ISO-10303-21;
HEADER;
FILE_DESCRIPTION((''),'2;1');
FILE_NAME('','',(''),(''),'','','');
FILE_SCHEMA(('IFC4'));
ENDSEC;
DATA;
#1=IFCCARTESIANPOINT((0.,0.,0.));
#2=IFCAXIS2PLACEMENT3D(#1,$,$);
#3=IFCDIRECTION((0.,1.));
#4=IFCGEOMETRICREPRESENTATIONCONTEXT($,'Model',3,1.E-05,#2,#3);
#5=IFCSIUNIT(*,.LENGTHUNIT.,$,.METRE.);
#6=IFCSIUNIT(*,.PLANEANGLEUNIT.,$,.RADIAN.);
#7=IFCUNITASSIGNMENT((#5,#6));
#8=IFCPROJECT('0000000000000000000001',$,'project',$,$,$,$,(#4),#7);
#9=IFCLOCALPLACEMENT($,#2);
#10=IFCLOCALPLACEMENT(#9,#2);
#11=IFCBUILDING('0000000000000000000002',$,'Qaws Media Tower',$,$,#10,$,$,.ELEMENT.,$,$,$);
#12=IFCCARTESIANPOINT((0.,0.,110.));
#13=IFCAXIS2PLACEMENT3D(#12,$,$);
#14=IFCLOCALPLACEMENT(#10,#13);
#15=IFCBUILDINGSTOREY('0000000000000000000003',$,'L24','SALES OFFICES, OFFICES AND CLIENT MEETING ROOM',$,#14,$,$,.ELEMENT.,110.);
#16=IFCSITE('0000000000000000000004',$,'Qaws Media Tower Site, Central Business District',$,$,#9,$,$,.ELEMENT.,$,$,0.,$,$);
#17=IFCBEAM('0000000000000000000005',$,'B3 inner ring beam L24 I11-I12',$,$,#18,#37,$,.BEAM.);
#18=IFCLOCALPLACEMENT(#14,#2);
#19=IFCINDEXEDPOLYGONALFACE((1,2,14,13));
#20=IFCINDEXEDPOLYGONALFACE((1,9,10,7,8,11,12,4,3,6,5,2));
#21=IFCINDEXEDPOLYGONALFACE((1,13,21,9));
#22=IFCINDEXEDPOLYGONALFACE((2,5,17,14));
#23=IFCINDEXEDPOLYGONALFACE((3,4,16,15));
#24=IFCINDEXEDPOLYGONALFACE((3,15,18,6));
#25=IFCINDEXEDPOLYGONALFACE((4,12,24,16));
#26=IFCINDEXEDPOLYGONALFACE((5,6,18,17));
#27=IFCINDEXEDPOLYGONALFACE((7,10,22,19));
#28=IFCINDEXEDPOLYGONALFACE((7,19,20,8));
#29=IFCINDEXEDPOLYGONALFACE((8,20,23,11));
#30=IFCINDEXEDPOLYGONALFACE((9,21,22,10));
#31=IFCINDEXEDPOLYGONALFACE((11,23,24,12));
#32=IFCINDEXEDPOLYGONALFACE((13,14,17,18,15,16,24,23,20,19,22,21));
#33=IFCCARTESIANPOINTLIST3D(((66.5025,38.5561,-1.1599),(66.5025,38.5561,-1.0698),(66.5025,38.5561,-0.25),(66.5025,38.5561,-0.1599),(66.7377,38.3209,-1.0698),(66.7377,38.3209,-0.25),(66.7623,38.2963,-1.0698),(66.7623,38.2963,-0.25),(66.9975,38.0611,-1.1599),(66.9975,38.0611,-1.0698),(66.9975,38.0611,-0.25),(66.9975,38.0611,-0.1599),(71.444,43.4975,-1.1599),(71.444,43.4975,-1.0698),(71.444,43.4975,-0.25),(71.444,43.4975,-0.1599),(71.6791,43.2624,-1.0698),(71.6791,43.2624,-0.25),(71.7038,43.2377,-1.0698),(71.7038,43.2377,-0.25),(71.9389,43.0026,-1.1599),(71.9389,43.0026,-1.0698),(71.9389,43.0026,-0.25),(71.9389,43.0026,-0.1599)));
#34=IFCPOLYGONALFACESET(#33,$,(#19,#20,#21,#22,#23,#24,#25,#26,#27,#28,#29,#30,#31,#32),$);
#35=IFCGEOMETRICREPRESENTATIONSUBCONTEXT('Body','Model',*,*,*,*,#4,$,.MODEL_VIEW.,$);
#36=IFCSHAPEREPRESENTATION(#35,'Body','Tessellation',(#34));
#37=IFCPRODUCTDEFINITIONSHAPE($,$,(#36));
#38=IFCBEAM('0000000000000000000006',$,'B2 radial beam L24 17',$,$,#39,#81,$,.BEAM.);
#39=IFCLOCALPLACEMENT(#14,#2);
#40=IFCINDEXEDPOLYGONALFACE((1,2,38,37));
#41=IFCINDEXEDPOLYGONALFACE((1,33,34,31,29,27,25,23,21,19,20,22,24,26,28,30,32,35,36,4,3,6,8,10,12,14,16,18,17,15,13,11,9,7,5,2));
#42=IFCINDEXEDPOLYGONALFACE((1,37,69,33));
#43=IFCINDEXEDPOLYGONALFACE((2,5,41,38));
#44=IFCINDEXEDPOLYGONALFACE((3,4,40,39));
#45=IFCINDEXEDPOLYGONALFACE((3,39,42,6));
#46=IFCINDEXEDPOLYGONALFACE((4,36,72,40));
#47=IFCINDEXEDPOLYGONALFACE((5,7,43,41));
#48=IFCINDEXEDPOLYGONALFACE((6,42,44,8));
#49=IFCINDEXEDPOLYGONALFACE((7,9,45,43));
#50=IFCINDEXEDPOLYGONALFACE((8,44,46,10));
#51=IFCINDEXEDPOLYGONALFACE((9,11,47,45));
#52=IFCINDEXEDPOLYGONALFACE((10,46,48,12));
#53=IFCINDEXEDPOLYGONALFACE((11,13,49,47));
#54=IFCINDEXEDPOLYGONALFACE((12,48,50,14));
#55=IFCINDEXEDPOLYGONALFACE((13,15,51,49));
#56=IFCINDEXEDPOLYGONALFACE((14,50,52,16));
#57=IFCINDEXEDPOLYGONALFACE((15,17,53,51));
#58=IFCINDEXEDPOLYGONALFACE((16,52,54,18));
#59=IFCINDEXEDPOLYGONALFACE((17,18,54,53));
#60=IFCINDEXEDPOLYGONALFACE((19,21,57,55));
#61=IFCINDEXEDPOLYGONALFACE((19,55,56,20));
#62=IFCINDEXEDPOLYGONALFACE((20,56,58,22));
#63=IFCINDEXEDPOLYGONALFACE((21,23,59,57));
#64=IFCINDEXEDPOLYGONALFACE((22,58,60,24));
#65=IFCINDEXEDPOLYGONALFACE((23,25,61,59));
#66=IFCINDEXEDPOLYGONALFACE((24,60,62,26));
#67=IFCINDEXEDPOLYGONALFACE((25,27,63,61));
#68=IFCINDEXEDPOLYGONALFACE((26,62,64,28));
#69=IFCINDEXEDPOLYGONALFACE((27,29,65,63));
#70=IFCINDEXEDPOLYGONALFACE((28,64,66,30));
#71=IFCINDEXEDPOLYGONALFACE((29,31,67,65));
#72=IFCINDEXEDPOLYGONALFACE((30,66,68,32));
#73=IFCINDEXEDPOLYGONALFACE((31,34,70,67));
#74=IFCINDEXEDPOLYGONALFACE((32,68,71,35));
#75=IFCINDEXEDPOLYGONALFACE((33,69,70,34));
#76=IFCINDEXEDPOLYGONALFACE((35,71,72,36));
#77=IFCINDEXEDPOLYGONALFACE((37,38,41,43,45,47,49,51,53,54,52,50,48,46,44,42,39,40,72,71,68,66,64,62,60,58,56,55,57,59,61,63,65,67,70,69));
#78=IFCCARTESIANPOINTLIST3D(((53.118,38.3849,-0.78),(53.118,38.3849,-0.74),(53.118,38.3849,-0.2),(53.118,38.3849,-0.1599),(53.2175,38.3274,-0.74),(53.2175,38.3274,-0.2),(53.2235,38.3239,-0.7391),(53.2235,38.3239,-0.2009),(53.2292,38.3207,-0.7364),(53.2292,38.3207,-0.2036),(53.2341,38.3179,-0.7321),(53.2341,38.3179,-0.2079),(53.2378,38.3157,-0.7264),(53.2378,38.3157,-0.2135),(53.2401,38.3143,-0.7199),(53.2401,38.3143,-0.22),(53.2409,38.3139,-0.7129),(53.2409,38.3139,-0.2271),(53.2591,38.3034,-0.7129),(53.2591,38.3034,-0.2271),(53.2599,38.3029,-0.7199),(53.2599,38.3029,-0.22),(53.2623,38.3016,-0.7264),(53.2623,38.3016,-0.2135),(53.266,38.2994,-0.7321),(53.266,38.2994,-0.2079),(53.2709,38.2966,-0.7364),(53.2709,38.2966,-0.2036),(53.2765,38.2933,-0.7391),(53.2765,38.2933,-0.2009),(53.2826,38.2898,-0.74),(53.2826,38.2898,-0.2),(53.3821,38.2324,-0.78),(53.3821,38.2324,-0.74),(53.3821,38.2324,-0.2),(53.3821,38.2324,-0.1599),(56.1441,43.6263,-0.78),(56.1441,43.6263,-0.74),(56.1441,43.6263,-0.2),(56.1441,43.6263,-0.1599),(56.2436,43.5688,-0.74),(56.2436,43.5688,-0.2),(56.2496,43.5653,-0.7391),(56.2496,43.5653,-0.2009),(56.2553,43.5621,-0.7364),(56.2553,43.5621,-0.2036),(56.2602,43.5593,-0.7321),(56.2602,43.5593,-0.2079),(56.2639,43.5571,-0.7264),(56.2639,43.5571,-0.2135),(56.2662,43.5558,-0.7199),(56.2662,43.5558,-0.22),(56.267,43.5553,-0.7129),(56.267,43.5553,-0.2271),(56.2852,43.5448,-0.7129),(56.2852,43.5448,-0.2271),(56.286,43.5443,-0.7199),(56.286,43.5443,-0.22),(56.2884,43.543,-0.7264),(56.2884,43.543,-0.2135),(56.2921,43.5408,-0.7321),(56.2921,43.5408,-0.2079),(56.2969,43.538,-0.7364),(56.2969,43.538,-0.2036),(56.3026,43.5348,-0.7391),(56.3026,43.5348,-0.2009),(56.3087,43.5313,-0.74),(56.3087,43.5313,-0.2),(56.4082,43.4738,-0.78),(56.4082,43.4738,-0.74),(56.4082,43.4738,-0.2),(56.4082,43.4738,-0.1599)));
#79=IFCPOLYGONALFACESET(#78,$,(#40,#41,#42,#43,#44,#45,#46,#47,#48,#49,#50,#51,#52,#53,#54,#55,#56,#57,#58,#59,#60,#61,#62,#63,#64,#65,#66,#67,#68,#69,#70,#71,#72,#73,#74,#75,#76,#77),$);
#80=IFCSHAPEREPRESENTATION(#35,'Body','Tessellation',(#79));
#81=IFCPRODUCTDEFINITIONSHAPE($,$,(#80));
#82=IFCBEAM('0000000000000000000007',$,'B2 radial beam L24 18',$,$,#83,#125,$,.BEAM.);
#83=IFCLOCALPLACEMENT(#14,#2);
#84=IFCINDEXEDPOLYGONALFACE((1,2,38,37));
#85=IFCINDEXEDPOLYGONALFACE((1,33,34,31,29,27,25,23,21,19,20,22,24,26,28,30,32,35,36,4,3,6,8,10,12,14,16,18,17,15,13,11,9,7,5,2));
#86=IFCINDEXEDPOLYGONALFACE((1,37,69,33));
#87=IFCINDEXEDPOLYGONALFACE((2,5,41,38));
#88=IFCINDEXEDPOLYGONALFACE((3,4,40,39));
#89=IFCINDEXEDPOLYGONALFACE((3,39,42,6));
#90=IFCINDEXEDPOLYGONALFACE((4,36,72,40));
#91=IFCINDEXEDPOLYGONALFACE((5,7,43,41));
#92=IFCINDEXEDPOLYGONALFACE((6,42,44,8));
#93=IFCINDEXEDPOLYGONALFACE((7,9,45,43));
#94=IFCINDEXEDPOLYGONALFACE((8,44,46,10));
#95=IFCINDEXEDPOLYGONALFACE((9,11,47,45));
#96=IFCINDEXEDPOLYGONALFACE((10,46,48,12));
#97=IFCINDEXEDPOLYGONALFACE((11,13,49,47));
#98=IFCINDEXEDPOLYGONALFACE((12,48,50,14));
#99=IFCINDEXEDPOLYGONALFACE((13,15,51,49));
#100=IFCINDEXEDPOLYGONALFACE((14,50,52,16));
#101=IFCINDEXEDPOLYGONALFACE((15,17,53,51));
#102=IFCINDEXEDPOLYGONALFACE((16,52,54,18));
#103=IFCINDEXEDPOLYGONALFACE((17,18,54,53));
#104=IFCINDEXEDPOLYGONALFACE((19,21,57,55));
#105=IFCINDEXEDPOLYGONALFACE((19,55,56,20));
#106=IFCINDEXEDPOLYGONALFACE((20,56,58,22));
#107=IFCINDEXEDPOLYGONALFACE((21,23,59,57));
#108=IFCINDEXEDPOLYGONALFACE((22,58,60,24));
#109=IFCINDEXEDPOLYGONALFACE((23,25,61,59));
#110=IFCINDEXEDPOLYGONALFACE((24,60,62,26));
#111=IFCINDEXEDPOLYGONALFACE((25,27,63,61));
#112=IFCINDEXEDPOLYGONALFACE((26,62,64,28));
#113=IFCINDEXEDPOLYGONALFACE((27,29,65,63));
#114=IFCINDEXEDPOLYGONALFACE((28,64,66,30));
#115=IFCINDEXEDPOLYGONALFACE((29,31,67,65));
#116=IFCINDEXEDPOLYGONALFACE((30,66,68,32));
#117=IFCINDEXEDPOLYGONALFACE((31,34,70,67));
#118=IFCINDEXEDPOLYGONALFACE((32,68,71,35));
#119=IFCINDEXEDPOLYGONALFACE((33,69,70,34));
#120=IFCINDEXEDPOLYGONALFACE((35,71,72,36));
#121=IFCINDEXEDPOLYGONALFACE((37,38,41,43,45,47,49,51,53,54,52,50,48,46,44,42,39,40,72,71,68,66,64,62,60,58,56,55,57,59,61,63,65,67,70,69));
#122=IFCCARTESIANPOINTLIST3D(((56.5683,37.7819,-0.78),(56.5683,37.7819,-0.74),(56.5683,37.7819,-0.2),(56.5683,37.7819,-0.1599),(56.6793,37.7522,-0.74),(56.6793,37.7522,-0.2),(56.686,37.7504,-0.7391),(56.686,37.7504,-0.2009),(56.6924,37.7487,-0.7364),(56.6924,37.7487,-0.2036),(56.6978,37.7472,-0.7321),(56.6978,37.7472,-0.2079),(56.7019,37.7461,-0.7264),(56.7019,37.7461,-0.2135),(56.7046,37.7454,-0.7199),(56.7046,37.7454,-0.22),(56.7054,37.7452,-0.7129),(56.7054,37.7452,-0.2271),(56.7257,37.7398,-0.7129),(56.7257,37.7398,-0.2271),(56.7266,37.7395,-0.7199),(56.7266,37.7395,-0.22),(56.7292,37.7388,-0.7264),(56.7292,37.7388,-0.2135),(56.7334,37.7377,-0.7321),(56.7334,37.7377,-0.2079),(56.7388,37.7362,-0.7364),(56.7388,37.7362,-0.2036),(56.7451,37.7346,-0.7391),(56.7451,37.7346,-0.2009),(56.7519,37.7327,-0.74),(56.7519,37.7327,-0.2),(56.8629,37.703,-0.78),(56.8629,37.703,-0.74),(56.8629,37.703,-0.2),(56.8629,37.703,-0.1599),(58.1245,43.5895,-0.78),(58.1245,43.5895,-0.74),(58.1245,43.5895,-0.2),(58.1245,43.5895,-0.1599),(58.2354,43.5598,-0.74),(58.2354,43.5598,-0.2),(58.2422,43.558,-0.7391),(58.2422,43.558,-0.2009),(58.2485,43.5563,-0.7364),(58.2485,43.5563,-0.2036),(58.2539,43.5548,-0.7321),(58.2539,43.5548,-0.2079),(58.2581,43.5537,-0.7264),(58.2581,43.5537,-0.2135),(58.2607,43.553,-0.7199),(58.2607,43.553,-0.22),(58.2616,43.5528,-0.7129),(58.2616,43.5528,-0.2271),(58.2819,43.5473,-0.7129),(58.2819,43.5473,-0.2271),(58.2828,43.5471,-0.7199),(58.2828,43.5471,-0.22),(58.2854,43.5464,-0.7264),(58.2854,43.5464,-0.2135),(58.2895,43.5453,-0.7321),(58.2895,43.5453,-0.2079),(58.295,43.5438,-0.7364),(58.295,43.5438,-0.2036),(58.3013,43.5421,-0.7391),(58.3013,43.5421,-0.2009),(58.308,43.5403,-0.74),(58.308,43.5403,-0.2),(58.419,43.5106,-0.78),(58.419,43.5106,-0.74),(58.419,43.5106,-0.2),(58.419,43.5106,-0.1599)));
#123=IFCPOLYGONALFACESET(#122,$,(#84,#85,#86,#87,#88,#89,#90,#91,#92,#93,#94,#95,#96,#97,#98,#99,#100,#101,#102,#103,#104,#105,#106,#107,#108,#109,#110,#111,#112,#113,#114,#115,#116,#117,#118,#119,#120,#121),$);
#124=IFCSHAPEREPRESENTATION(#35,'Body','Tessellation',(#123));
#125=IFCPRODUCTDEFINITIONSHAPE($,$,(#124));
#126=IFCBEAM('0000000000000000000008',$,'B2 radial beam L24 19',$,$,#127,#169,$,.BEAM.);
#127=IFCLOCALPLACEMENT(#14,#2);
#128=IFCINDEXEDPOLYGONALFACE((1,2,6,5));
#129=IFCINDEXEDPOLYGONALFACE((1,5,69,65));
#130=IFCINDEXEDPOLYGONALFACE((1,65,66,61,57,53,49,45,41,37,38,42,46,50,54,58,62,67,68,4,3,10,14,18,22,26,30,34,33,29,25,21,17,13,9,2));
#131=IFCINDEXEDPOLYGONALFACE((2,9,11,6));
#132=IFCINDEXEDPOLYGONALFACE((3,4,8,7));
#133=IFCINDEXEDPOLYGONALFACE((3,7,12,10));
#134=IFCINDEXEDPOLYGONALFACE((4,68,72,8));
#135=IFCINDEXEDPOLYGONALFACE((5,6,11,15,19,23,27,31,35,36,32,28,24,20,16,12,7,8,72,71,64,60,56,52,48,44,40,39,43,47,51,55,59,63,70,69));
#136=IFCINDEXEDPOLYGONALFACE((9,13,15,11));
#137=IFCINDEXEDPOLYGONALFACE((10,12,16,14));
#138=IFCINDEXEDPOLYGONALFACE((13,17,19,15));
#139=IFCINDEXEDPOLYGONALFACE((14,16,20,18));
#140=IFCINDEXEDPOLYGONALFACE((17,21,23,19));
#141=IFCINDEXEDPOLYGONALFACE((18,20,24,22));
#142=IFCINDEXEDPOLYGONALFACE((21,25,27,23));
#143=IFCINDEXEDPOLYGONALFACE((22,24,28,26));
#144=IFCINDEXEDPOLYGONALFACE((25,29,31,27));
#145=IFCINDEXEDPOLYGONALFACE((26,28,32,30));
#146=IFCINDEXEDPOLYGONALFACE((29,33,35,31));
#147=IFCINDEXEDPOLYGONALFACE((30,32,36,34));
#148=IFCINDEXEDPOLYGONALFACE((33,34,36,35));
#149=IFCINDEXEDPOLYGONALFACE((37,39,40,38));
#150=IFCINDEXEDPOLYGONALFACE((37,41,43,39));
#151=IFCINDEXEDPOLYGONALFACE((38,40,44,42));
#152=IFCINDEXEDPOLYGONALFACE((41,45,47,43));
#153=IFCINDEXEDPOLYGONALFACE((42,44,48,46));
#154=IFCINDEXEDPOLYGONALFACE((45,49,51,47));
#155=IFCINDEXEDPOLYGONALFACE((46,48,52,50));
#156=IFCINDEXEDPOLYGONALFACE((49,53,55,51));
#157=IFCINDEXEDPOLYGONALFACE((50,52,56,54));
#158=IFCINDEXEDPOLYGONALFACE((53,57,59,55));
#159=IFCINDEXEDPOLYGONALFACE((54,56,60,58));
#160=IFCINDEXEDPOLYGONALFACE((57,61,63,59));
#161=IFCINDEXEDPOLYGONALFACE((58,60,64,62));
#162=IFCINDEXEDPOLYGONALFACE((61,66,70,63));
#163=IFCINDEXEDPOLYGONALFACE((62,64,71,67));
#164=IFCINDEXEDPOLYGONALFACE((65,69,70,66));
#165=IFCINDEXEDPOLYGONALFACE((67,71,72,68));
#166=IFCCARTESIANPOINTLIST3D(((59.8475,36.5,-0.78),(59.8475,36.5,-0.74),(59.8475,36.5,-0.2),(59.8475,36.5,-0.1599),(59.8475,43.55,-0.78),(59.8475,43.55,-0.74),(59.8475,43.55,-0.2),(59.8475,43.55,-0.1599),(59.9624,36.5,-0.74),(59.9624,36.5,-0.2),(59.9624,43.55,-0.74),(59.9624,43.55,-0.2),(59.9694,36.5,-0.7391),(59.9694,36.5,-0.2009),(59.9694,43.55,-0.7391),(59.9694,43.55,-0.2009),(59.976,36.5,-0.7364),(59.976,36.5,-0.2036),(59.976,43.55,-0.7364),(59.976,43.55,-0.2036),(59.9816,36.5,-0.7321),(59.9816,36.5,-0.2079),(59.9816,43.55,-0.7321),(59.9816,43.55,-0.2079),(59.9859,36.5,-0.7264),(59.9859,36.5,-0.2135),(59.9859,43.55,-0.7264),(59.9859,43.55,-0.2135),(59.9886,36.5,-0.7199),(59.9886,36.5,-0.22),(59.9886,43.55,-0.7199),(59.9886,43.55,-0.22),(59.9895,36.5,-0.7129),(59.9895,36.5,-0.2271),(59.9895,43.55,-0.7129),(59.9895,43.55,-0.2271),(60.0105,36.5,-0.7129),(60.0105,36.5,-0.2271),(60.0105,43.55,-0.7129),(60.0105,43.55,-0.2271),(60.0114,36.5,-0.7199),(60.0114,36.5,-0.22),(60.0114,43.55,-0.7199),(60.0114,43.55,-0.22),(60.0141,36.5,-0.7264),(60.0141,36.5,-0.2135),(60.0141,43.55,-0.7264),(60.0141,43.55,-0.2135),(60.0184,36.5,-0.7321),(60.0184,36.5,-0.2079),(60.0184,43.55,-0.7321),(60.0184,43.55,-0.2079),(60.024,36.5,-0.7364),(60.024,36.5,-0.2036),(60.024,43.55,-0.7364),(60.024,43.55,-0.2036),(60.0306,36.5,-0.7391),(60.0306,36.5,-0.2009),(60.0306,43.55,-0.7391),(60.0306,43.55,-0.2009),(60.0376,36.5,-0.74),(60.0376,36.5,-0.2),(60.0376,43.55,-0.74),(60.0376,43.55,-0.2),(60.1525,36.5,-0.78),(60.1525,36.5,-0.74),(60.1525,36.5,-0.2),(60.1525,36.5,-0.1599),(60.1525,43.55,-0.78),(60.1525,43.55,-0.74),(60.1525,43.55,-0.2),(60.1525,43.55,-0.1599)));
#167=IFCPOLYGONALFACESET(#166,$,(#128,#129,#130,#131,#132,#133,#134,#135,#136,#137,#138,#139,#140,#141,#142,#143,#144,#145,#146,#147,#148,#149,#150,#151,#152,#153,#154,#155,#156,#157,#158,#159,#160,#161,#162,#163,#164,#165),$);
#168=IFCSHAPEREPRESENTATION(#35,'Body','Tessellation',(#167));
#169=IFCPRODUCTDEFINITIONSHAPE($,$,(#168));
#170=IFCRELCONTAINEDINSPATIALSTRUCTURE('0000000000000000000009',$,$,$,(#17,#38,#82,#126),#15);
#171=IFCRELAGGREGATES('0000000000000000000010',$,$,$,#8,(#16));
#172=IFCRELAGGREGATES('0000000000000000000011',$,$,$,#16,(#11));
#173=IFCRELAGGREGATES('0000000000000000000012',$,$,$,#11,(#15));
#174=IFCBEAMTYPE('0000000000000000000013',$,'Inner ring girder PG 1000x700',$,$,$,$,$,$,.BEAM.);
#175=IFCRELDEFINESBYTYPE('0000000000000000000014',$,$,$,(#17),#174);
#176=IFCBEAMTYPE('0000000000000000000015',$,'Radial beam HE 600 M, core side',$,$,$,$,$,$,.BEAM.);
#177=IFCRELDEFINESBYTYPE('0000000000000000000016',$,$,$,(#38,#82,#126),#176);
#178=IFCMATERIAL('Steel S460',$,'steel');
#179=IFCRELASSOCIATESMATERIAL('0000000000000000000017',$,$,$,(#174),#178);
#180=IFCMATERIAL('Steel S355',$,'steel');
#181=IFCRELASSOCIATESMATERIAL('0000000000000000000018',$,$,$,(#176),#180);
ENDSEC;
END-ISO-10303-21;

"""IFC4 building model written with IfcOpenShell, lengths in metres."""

from ifc_helpers import new_model, si_unit, direction, frame, origin, origin_2d, place, context, subcontext, project, spatial, i_section, extrude, material, material_profile, profile_set, type_object, element, save


model = new_model("IFC4")

# Units and contexts
model_context = context("Model", 3, precision=1e-05, world=origin(), true_north=direction((0.0, 1.0)))
body_context = subcontext(model_context, "Body", "Model", "MODEL_VIEW")
ifc_project = project(units=[si_unit("LENGTHUNIT", "METRE"), si_unit("PLANEANGLEUNIT", "RADIAN")], contexts=[model_context])

# Site, building, storey
site_placement = place(None, origin())
site = spatial("IfcSite", under=ifc_project, at=site_placement, Name="Qaws Media Tower Site, Central Business District", CompositionType="ELEMENT", RefElevation=0.0)
building_placement = place(site_placement, origin())
building = spatial("IfcBuilding", under=site, at=building_placement, Name="Qaws Media Tower", CompositionType="ELEMENT")
storey_placement = place(building_placement, frame((0.0, 0.0, 110.0)))
storey = spatial("IfcBuildingStorey", under=building, at=storey_placement, Name="L24", Description="SALES OFFICES, OFFICES AND CLIENT MEETING ROOM", CompositionType="ELEMENT", Elevation=110.0)

# Beams
ifc_material_1 = material(Name="Steel S460", Category="steel")
ifc_material_profile_1 = material_profile(ifc_material_1, i_section(OverallWidth=0.7, OverallDepth=1.0, WebThickness=0.0349, FlangeThickness=0.0901, at=origin_2d()), Name="PG 1000x700")
ifc_profile_set_1 = profile_set([ifc_material_profile_1], Name="Steel S460")
beam_type_1 = type_object("IfcBeamType", Name="Inner ring girder PG 1000x700", PredefinedType="BEAM", material=ifc_profile_set_1)
beam_1_placement = place(storey_placement, frame((66.75, 38.3086, -0.6599), z_axis=(0.707107, 0.707107, 0.0), x_axis=(-0.707107, 0.707107, 0.0)))
element("IfcBeam", 1, at=beam_1_placement, inside=storey, type_object=beam_type_1, Name="B3 inner ring beam L24 I11-I12", PredefinedType="BEAM", context=body_context, shape_type="SweptSolid", body=[
    extrude(i_section(OverallWidth=0.7, OverallDepth=1.0, WebThickness=0.0349, FlangeThickness=0.0901, at=origin_2d()), origin(), (0.0, 0.0, 1.0), 6.9883),
])
ifc_material_2 = material(Name="Steel S355", Category="steel")
ifc_material_profile_2 = material_profile(ifc_material_2, i_section(OverallWidth=0.3049, OverallDepth=0.6201, WebThickness=0.021, FlangeThickness=0.04, FilletRadius=0.0271, at=origin_2d()), Name="HE 600 M")
ifc_profile_set_2 = profile_set([ifc_material_profile_2], Name="Steel S355")
beam_type_2 = type_object("IfcBeamType", Name="Radial beam HE 600 M, core side", PredefinedType="BEAM", material=ifc_profile_set_2)
beam_2_placement = place(storey_placement, frame((56.2761, 43.55, -0.47), z_axis=(-0.499996, -0.866028, 0.0), x_axis=(0.866028, -0.499996, 0.0)))
element("IfcBeam", 2, at=beam_2_placement, inside=storey, type_object=beam_type_2, Name="B2 radial beam L24 17", PredefinedType="BEAM", context=body_context, shape_type="SweptSolid", body=[
    extrude(i_section(OverallWidth=0.3049, OverallDepth=0.6201, WebThickness=0.021, FlangeThickness=0.04, FilletRadius=0.0271, at=origin_2d()), origin(), (0.0, 0.0, 1.0), 6.0522),
])
beam_3_placement = place(storey_placement, frame((58.2717, 43.55, -0.47), z_axis=(-0.25882, -0.965926, 0.0), x_axis=(0.965926, -0.25882, 0.0)))
element("IfcBeam", 3, at=beam_3_placement, inside=storey, type_object=beam_type_2, Name="B2 radial beam L24 18", PredefinedType="BEAM", context=body_context, shape_type="SweptSolid", body=[
    extrude(i_section(OverallWidth=0.3049, OverallDepth=0.6201, WebThickness=0.021, FlangeThickness=0.04, FilletRadius=0.0271, at=origin_2d()), origin(), (0.0, 0.0, 1.0), 6.0125),
])
beam_4_placement = place(storey_placement, frame((60.0, 43.55, -0.47), z_axis=(0.0, -1.0, 0.0), x_axis=(1.0, 0.0, 0.0)))
element("IfcBeam", 4, at=beam_4_placement, inside=storey, type_object=beam_type_2, Name="B2 radial beam L24 19", PredefinedType="BEAM", context=body_context, shape_type="SweptSolid", body=[
    extrude(i_section(OverallWidth=0.3049, OverallDepth=0.6201, WebThickness=0.021, FlangeThickness=0.04, FilletRadius=0.0271, at=origin_2d()), origin(), (0.0, 0.0, 1.0), 7.05),
])

save(model, "model.ifc")
